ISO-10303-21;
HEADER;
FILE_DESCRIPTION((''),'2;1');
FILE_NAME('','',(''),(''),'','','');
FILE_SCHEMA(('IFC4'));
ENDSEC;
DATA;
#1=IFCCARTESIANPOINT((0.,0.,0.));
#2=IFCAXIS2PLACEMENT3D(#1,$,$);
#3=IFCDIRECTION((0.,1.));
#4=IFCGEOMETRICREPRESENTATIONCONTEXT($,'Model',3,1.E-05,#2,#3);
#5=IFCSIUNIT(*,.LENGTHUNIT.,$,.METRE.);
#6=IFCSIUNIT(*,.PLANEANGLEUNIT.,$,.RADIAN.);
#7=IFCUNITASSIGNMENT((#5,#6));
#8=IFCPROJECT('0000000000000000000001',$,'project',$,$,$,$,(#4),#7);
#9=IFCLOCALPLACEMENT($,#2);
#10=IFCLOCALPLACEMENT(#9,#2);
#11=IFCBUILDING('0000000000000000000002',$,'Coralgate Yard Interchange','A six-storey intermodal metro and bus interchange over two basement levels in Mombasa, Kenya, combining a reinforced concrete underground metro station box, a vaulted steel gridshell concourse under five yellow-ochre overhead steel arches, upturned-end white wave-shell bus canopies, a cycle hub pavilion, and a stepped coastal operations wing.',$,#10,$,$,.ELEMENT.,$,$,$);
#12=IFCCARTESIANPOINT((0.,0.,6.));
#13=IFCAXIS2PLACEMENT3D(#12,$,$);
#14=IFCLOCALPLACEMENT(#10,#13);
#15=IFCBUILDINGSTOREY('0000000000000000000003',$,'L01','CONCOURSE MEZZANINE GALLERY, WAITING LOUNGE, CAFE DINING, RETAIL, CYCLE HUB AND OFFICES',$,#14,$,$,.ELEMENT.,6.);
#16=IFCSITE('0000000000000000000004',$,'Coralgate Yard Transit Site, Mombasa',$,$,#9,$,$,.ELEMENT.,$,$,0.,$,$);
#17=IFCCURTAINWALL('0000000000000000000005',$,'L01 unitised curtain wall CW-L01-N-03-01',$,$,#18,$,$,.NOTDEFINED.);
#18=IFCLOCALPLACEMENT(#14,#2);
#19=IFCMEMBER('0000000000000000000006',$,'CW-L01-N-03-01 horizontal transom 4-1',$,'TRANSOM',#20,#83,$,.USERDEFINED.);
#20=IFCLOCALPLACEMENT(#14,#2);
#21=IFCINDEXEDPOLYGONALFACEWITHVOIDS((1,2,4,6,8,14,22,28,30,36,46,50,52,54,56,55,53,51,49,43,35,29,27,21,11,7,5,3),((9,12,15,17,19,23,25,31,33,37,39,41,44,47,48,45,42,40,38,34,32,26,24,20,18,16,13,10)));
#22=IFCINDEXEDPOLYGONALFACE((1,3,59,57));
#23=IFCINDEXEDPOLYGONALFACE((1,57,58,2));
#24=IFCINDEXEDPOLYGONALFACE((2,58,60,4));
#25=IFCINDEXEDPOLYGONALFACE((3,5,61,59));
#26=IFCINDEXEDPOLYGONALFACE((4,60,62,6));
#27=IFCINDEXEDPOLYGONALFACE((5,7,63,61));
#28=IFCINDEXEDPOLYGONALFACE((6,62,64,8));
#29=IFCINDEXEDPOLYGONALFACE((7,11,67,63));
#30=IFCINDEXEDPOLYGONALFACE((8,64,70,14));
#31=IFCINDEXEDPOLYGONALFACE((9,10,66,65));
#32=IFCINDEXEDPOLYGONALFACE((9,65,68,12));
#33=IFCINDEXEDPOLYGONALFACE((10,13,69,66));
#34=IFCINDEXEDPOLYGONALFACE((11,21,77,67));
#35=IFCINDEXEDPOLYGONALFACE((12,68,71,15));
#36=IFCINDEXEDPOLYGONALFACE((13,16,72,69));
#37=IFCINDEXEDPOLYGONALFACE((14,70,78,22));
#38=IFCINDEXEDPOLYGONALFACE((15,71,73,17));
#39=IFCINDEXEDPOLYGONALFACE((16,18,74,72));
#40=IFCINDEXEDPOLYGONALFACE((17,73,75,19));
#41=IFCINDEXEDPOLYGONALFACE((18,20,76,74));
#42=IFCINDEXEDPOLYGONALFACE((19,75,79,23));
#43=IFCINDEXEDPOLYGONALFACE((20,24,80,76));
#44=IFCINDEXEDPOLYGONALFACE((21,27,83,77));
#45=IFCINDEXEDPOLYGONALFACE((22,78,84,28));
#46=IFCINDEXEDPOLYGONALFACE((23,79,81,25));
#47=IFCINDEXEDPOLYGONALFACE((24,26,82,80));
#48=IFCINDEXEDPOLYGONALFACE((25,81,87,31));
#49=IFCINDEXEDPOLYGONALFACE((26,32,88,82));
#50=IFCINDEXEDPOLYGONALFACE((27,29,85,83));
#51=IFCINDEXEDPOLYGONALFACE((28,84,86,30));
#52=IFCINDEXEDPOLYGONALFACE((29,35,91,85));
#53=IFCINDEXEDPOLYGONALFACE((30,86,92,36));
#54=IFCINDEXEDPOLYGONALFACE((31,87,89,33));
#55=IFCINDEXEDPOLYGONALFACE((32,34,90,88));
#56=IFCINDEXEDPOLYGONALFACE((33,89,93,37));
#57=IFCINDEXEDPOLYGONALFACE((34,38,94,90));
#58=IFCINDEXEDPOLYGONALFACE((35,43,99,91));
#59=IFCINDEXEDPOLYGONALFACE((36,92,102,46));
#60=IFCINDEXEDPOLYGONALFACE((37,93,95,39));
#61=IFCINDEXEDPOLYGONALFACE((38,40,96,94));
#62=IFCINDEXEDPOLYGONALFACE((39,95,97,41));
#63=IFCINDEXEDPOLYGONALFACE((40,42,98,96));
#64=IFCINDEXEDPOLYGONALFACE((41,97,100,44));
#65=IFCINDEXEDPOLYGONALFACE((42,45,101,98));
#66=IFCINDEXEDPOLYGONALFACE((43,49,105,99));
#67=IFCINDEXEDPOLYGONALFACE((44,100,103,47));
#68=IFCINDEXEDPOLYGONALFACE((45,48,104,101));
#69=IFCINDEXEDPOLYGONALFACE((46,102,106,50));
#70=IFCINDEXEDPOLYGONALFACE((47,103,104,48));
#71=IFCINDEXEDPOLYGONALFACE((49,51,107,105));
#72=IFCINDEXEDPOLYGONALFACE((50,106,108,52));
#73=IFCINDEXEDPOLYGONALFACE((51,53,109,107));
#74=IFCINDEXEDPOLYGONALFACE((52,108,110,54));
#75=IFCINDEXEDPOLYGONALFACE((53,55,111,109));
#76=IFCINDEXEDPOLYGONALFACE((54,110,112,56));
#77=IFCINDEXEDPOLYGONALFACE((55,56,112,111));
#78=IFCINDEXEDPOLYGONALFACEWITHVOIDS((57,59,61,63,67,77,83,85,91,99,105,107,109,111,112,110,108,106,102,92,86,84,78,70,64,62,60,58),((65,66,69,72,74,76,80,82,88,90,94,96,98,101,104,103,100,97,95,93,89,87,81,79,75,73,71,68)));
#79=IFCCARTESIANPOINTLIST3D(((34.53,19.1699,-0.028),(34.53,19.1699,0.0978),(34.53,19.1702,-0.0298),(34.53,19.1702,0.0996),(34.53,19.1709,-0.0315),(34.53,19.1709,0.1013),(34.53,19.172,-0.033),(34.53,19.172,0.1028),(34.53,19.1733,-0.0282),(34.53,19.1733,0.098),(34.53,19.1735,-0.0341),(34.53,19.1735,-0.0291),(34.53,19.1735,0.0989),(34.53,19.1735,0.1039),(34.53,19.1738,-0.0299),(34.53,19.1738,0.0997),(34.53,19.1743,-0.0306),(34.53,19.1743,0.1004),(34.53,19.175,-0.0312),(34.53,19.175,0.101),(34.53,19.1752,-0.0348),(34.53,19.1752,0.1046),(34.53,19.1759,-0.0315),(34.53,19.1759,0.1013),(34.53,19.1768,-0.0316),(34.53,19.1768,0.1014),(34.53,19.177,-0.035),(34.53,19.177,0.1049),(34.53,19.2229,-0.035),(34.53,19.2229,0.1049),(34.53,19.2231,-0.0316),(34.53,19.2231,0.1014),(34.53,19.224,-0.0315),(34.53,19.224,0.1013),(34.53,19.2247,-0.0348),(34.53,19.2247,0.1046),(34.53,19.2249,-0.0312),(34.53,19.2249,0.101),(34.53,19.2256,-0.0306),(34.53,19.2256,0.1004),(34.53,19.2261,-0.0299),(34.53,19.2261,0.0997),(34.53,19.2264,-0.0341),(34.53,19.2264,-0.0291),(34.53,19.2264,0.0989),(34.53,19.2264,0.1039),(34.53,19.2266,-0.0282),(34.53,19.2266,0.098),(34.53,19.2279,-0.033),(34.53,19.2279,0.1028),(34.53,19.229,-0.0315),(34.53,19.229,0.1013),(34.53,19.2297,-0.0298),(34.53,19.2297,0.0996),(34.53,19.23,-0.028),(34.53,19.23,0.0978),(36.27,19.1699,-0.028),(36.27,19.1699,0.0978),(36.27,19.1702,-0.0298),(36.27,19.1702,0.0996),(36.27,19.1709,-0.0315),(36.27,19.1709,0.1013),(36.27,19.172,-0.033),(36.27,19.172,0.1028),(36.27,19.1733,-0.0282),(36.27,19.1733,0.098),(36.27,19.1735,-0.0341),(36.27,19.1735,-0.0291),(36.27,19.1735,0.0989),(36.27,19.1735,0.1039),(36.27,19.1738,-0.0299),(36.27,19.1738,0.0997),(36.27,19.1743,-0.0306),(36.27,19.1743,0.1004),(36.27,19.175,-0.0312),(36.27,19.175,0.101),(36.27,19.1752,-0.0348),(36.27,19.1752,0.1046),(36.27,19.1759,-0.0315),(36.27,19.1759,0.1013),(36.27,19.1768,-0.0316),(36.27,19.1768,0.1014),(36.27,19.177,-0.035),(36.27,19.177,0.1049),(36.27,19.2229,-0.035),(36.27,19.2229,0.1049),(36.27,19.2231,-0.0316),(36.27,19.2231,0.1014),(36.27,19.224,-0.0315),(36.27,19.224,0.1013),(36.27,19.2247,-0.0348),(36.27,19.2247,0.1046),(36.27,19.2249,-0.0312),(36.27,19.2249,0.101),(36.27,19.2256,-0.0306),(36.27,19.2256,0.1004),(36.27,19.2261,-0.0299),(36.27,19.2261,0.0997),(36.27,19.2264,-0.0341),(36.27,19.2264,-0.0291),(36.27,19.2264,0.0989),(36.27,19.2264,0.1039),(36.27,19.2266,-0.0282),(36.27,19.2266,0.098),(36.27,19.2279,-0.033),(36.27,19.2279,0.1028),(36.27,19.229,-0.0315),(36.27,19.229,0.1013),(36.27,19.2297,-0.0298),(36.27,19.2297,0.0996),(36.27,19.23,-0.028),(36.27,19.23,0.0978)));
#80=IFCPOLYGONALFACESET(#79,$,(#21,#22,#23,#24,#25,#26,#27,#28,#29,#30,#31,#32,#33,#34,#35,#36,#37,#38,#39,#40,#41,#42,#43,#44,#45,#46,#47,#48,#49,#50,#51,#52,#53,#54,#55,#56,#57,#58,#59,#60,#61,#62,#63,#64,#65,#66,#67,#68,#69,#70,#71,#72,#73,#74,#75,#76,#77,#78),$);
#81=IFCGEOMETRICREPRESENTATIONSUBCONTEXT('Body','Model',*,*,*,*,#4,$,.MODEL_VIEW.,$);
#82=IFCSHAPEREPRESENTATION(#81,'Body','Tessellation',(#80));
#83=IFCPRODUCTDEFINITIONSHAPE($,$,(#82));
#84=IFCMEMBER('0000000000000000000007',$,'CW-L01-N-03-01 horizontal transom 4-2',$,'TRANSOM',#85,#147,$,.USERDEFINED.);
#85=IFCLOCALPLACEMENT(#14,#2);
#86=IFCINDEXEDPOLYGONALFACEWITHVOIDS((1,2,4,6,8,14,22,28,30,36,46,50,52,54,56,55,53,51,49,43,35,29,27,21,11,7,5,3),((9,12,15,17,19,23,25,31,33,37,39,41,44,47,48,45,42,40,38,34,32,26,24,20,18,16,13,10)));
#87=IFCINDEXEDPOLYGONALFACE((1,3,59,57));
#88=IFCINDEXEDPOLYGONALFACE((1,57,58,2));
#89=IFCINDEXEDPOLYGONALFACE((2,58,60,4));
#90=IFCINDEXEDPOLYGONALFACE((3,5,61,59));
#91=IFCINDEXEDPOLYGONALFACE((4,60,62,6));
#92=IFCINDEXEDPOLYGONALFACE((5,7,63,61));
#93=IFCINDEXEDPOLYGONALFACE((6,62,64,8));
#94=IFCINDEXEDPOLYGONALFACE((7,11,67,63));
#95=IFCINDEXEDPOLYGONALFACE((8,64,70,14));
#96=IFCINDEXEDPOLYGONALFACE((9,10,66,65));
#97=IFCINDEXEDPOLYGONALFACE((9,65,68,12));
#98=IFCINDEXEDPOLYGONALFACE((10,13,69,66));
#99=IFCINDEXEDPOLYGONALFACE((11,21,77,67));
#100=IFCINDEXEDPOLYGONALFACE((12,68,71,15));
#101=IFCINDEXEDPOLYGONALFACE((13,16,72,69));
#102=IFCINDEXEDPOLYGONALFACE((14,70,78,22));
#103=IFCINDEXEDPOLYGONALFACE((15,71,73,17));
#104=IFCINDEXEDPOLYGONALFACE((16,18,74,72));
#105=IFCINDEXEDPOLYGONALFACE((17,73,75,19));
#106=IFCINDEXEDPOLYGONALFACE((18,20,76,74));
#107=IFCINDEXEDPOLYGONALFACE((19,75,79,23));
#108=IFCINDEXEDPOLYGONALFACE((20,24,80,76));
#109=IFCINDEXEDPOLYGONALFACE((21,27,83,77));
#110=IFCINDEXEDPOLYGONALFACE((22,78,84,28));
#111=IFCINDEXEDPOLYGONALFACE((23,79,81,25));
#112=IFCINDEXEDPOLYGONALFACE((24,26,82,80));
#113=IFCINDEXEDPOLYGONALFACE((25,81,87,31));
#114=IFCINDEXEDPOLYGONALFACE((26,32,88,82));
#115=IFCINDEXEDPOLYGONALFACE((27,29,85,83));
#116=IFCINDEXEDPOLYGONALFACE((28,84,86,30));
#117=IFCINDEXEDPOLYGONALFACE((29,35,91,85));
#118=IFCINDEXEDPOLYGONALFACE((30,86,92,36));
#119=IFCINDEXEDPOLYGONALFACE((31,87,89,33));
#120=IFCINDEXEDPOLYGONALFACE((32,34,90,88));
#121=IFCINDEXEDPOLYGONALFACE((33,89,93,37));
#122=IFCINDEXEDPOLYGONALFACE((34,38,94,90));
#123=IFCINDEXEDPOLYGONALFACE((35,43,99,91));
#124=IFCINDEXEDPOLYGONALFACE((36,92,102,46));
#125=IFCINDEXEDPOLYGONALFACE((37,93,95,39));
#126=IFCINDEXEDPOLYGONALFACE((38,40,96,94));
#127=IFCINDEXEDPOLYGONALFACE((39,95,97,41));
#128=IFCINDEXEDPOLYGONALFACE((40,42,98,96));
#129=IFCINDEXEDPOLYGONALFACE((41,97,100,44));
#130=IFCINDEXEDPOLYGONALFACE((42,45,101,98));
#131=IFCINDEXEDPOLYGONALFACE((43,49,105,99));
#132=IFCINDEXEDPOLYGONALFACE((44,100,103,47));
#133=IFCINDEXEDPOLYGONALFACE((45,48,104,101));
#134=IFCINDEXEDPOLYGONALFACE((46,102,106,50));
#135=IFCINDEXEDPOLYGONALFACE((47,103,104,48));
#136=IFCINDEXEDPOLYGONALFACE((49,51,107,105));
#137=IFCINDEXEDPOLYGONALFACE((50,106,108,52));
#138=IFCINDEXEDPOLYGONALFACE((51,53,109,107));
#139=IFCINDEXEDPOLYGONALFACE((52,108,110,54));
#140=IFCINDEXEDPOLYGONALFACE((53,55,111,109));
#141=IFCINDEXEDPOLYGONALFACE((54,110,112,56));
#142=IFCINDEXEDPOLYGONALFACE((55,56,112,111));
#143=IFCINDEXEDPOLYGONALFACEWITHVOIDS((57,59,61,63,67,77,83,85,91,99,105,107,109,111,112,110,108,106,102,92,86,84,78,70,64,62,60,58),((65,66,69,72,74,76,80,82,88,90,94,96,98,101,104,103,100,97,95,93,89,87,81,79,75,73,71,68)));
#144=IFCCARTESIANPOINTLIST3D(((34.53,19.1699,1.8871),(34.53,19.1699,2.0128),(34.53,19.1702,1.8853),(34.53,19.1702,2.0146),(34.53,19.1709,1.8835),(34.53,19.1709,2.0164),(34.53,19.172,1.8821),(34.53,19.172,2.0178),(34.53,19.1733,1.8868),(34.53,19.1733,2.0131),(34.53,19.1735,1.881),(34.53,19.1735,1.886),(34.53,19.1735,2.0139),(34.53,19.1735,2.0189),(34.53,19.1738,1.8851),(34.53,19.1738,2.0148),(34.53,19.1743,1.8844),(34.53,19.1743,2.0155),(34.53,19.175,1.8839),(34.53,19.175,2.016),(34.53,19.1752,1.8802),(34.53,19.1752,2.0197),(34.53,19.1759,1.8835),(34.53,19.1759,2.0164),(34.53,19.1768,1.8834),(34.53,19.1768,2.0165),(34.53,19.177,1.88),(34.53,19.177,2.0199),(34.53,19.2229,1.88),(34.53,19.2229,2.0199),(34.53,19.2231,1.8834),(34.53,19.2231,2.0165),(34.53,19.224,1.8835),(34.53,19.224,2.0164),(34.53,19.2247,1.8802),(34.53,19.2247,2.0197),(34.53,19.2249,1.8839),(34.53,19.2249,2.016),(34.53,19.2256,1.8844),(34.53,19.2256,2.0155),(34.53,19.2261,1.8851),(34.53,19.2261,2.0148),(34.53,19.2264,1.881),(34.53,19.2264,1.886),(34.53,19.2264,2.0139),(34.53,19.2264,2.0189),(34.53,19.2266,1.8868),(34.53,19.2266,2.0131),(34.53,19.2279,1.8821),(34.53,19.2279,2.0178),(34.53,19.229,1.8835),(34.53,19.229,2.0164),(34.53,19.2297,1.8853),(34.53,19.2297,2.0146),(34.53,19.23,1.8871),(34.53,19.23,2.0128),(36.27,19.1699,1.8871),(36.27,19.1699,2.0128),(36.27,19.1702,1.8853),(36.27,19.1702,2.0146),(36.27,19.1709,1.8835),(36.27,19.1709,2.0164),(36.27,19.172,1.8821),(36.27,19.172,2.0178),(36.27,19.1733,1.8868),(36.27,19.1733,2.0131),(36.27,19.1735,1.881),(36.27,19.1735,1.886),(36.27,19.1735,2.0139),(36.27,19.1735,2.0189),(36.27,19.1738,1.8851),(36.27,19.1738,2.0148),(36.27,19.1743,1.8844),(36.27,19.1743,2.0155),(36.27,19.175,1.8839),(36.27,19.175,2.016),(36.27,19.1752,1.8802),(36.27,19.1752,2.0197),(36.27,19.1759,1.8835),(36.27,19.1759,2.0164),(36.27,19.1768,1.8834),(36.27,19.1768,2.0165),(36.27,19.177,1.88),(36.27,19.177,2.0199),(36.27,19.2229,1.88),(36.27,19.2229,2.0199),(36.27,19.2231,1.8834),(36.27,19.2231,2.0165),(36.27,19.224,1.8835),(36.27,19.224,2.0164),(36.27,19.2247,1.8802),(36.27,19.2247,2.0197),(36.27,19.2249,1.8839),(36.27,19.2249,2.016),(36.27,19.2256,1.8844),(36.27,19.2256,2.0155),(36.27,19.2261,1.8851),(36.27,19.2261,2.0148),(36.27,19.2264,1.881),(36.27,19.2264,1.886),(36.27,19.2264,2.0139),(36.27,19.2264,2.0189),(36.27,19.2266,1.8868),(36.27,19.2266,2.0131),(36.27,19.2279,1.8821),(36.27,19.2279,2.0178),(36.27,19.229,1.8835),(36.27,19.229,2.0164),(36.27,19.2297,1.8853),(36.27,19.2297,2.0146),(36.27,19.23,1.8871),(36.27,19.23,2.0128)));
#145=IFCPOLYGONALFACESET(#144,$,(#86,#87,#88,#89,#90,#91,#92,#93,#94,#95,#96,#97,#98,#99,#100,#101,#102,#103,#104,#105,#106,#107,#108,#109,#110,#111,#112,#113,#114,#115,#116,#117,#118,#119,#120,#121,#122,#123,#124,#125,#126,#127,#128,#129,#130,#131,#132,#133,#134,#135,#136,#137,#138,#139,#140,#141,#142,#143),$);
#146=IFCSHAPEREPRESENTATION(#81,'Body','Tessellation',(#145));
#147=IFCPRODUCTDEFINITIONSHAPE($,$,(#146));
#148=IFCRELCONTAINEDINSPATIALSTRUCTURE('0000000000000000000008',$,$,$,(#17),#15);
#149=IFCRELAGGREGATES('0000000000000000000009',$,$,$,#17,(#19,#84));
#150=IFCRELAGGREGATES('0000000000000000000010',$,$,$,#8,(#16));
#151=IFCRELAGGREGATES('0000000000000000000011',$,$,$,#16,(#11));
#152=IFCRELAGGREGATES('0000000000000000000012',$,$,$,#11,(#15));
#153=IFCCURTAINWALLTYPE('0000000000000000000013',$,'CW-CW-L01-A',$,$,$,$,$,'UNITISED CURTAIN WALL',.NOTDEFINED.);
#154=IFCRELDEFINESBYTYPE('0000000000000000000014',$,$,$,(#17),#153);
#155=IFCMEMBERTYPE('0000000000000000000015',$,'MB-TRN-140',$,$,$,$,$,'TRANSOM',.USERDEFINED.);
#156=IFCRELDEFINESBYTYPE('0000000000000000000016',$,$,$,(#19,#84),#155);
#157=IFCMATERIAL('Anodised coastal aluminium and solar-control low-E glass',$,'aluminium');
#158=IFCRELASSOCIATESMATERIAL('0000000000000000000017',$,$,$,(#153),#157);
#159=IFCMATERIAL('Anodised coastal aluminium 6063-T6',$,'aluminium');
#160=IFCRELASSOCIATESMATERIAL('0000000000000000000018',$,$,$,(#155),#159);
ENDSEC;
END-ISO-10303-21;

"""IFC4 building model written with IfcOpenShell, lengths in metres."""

from ifc_helpers import new_model, si_unit, direction, frame, origin, origin_2d, place, context, subcontext, project, spatial, hollow_rectangle, extrude, material, material_profile, profile_set, type_object, element, aggregate, save


model = new_model("IFC4")

# Units and contexts
model_context = context("Model", 3, precision=1e-05, world=origin(), true_north=direction((0.0, 1.0)))
body_context = subcontext(model_context, "Body", "Model", "MODEL_VIEW")
ifc_project = project(units=[si_unit("LENGTHUNIT", "METRE"), si_unit("PLANEANGLEUNIT", "RADIAN")], contexts=[model_context])

# Site, building, storey
site_placement = place(None, origin())
site = spatial("IfcSite", under=ifc_project, at=site_placement, Name="Coralgate Yard Transit Site, Mombasa", CompositionType="ELEMENT", RefElevation=0.0)
building_placement = place(site_placement, origin())
building = spatial("IfcBuilding", under=site, at=building_placement, Name="Coralgate Yard Interchange", Description="A six-storey intermodal metro and bus interchange over two basement levels in Mombasa, Kenya, combining a reinforced concrete underground metro station box, a vaulted steel gridshell concourse under five yellow-ochre overhead steel arches, upturned-end white wave-shell bus canopies, a cycle hub pavilion, and a stepped coastal operations wing.", CompositionType="ELEMENT")
storey_placement = place(building_placement, frame((0.0, 0.0, 6.0)))
storey = spatial("IfcBuildingStorey", under=building, at=storey_placement, Name="L01", Description="CONCOURSE MEZZANINE GALLERY, WAITING LOUNGE, CAFE DINING, RETAIL, CYCLE HUB AND OFFICES", CompositionType="ELEMENT", Elevation=6.0)

# Curtain wall
ifc_material_1 = material(Name="Anodised coastal aluminium and solar-control low-E glass", Category="aluminium")
curtain_wall_type = type_object("IfcCurtainWallType", Name="CW-CW-L01-A", ElementType="UNITISED CURTAIN WALL", PredefinedType="NOTDEFINED", material=ifc_material_1)
curtain_wall_1_placement = place(storey_placement, origin())
curtain_wall_1 = element("IfcCurtainWall", 1, at=curtain_wall_1_placement, inside=storey, type_object=curtain_wall_type, Name="L01 unitised curtain wall CW-L01-N-03-01", PredefinedType="NOTDEFINED")
ifc_material_2 = material(Name="Anodised coastal aluminium 6063-T6", Category="aluminium")

# Members
ifc_material_profile_1 = material_profile(ifc_material_2, hollow_rectangle(XDim=0.0601, YDim=0.1399, WallThickness=0.0034, InnerFilletRadius=0.0034, OuterFilletRadius=0.0071, at=origin_2d()), Name="ALU 60x140x3.5")
ifc_profile_set_1 = profile_set([ifc_material_profile_1], Name="Anodised coastal aluminium 6063-T6")
member_type_1 = type_object("IfcMemberType", Name="MB-TRN-140", ElementType="TRANSOM", PredefinedType="USERDEFINED", material=ifc_profile_set_1)
member_1_placement = place(storey_placement, frame((34.53, 19.2, 0.0349), z_axis=(1.0, 0.0, 0.0), x_axis=(0.0, 1.0, 0.0)))
member_1 = element("IfcMember", 2, at=member_1_placement, type_object=member_type_1, Name="CW-L01-N-03-01 horizontal transom 4-1", ObjectType="TRANSOM", PredefinedType="USERDEFINED", context=body_context, shape_type="SweptSolid", body=[
    extrude(hollow_rectangle(XDim=0.0601, YDim=0.1399, WallThickness=0.0034, InnerFilletRadius=0.0034, OuterFilletRadius=0.0071, at=origin_2d()), origin(), (0.0, 0.0, 1.0), 1.74),
])
member_2_placement = place(storey_placement, frame((34.53, 19.2, 1.95), z_axis=(1.0, 0.0, 0.0), x_axis=(0.0, 1.0, 0.0)))
member_2 = element("IfcMember", 3, at=member_2_placement, type_object=member_type_1, Name="CW-L01-N-03-01 horizontal transom 4-2", ObjectType="TRANSOM", PredefinedType="USERDEFINED", context=body_context, shape_type="SweptSolid", body=[
    extrude(hollow_rectangle(XDim=0.0601, YDim=0.1399, WallThickness=0.0034, InnerFilletRadius=0.0034, OuterFilletRadius=0.0071, at=origin_2d()), origin(), (0.0, 0.0, 1.0), 1.74),
])

aggregate(curtain_wall_1, [member_1, member_2])

save(model, "model.ifc")
